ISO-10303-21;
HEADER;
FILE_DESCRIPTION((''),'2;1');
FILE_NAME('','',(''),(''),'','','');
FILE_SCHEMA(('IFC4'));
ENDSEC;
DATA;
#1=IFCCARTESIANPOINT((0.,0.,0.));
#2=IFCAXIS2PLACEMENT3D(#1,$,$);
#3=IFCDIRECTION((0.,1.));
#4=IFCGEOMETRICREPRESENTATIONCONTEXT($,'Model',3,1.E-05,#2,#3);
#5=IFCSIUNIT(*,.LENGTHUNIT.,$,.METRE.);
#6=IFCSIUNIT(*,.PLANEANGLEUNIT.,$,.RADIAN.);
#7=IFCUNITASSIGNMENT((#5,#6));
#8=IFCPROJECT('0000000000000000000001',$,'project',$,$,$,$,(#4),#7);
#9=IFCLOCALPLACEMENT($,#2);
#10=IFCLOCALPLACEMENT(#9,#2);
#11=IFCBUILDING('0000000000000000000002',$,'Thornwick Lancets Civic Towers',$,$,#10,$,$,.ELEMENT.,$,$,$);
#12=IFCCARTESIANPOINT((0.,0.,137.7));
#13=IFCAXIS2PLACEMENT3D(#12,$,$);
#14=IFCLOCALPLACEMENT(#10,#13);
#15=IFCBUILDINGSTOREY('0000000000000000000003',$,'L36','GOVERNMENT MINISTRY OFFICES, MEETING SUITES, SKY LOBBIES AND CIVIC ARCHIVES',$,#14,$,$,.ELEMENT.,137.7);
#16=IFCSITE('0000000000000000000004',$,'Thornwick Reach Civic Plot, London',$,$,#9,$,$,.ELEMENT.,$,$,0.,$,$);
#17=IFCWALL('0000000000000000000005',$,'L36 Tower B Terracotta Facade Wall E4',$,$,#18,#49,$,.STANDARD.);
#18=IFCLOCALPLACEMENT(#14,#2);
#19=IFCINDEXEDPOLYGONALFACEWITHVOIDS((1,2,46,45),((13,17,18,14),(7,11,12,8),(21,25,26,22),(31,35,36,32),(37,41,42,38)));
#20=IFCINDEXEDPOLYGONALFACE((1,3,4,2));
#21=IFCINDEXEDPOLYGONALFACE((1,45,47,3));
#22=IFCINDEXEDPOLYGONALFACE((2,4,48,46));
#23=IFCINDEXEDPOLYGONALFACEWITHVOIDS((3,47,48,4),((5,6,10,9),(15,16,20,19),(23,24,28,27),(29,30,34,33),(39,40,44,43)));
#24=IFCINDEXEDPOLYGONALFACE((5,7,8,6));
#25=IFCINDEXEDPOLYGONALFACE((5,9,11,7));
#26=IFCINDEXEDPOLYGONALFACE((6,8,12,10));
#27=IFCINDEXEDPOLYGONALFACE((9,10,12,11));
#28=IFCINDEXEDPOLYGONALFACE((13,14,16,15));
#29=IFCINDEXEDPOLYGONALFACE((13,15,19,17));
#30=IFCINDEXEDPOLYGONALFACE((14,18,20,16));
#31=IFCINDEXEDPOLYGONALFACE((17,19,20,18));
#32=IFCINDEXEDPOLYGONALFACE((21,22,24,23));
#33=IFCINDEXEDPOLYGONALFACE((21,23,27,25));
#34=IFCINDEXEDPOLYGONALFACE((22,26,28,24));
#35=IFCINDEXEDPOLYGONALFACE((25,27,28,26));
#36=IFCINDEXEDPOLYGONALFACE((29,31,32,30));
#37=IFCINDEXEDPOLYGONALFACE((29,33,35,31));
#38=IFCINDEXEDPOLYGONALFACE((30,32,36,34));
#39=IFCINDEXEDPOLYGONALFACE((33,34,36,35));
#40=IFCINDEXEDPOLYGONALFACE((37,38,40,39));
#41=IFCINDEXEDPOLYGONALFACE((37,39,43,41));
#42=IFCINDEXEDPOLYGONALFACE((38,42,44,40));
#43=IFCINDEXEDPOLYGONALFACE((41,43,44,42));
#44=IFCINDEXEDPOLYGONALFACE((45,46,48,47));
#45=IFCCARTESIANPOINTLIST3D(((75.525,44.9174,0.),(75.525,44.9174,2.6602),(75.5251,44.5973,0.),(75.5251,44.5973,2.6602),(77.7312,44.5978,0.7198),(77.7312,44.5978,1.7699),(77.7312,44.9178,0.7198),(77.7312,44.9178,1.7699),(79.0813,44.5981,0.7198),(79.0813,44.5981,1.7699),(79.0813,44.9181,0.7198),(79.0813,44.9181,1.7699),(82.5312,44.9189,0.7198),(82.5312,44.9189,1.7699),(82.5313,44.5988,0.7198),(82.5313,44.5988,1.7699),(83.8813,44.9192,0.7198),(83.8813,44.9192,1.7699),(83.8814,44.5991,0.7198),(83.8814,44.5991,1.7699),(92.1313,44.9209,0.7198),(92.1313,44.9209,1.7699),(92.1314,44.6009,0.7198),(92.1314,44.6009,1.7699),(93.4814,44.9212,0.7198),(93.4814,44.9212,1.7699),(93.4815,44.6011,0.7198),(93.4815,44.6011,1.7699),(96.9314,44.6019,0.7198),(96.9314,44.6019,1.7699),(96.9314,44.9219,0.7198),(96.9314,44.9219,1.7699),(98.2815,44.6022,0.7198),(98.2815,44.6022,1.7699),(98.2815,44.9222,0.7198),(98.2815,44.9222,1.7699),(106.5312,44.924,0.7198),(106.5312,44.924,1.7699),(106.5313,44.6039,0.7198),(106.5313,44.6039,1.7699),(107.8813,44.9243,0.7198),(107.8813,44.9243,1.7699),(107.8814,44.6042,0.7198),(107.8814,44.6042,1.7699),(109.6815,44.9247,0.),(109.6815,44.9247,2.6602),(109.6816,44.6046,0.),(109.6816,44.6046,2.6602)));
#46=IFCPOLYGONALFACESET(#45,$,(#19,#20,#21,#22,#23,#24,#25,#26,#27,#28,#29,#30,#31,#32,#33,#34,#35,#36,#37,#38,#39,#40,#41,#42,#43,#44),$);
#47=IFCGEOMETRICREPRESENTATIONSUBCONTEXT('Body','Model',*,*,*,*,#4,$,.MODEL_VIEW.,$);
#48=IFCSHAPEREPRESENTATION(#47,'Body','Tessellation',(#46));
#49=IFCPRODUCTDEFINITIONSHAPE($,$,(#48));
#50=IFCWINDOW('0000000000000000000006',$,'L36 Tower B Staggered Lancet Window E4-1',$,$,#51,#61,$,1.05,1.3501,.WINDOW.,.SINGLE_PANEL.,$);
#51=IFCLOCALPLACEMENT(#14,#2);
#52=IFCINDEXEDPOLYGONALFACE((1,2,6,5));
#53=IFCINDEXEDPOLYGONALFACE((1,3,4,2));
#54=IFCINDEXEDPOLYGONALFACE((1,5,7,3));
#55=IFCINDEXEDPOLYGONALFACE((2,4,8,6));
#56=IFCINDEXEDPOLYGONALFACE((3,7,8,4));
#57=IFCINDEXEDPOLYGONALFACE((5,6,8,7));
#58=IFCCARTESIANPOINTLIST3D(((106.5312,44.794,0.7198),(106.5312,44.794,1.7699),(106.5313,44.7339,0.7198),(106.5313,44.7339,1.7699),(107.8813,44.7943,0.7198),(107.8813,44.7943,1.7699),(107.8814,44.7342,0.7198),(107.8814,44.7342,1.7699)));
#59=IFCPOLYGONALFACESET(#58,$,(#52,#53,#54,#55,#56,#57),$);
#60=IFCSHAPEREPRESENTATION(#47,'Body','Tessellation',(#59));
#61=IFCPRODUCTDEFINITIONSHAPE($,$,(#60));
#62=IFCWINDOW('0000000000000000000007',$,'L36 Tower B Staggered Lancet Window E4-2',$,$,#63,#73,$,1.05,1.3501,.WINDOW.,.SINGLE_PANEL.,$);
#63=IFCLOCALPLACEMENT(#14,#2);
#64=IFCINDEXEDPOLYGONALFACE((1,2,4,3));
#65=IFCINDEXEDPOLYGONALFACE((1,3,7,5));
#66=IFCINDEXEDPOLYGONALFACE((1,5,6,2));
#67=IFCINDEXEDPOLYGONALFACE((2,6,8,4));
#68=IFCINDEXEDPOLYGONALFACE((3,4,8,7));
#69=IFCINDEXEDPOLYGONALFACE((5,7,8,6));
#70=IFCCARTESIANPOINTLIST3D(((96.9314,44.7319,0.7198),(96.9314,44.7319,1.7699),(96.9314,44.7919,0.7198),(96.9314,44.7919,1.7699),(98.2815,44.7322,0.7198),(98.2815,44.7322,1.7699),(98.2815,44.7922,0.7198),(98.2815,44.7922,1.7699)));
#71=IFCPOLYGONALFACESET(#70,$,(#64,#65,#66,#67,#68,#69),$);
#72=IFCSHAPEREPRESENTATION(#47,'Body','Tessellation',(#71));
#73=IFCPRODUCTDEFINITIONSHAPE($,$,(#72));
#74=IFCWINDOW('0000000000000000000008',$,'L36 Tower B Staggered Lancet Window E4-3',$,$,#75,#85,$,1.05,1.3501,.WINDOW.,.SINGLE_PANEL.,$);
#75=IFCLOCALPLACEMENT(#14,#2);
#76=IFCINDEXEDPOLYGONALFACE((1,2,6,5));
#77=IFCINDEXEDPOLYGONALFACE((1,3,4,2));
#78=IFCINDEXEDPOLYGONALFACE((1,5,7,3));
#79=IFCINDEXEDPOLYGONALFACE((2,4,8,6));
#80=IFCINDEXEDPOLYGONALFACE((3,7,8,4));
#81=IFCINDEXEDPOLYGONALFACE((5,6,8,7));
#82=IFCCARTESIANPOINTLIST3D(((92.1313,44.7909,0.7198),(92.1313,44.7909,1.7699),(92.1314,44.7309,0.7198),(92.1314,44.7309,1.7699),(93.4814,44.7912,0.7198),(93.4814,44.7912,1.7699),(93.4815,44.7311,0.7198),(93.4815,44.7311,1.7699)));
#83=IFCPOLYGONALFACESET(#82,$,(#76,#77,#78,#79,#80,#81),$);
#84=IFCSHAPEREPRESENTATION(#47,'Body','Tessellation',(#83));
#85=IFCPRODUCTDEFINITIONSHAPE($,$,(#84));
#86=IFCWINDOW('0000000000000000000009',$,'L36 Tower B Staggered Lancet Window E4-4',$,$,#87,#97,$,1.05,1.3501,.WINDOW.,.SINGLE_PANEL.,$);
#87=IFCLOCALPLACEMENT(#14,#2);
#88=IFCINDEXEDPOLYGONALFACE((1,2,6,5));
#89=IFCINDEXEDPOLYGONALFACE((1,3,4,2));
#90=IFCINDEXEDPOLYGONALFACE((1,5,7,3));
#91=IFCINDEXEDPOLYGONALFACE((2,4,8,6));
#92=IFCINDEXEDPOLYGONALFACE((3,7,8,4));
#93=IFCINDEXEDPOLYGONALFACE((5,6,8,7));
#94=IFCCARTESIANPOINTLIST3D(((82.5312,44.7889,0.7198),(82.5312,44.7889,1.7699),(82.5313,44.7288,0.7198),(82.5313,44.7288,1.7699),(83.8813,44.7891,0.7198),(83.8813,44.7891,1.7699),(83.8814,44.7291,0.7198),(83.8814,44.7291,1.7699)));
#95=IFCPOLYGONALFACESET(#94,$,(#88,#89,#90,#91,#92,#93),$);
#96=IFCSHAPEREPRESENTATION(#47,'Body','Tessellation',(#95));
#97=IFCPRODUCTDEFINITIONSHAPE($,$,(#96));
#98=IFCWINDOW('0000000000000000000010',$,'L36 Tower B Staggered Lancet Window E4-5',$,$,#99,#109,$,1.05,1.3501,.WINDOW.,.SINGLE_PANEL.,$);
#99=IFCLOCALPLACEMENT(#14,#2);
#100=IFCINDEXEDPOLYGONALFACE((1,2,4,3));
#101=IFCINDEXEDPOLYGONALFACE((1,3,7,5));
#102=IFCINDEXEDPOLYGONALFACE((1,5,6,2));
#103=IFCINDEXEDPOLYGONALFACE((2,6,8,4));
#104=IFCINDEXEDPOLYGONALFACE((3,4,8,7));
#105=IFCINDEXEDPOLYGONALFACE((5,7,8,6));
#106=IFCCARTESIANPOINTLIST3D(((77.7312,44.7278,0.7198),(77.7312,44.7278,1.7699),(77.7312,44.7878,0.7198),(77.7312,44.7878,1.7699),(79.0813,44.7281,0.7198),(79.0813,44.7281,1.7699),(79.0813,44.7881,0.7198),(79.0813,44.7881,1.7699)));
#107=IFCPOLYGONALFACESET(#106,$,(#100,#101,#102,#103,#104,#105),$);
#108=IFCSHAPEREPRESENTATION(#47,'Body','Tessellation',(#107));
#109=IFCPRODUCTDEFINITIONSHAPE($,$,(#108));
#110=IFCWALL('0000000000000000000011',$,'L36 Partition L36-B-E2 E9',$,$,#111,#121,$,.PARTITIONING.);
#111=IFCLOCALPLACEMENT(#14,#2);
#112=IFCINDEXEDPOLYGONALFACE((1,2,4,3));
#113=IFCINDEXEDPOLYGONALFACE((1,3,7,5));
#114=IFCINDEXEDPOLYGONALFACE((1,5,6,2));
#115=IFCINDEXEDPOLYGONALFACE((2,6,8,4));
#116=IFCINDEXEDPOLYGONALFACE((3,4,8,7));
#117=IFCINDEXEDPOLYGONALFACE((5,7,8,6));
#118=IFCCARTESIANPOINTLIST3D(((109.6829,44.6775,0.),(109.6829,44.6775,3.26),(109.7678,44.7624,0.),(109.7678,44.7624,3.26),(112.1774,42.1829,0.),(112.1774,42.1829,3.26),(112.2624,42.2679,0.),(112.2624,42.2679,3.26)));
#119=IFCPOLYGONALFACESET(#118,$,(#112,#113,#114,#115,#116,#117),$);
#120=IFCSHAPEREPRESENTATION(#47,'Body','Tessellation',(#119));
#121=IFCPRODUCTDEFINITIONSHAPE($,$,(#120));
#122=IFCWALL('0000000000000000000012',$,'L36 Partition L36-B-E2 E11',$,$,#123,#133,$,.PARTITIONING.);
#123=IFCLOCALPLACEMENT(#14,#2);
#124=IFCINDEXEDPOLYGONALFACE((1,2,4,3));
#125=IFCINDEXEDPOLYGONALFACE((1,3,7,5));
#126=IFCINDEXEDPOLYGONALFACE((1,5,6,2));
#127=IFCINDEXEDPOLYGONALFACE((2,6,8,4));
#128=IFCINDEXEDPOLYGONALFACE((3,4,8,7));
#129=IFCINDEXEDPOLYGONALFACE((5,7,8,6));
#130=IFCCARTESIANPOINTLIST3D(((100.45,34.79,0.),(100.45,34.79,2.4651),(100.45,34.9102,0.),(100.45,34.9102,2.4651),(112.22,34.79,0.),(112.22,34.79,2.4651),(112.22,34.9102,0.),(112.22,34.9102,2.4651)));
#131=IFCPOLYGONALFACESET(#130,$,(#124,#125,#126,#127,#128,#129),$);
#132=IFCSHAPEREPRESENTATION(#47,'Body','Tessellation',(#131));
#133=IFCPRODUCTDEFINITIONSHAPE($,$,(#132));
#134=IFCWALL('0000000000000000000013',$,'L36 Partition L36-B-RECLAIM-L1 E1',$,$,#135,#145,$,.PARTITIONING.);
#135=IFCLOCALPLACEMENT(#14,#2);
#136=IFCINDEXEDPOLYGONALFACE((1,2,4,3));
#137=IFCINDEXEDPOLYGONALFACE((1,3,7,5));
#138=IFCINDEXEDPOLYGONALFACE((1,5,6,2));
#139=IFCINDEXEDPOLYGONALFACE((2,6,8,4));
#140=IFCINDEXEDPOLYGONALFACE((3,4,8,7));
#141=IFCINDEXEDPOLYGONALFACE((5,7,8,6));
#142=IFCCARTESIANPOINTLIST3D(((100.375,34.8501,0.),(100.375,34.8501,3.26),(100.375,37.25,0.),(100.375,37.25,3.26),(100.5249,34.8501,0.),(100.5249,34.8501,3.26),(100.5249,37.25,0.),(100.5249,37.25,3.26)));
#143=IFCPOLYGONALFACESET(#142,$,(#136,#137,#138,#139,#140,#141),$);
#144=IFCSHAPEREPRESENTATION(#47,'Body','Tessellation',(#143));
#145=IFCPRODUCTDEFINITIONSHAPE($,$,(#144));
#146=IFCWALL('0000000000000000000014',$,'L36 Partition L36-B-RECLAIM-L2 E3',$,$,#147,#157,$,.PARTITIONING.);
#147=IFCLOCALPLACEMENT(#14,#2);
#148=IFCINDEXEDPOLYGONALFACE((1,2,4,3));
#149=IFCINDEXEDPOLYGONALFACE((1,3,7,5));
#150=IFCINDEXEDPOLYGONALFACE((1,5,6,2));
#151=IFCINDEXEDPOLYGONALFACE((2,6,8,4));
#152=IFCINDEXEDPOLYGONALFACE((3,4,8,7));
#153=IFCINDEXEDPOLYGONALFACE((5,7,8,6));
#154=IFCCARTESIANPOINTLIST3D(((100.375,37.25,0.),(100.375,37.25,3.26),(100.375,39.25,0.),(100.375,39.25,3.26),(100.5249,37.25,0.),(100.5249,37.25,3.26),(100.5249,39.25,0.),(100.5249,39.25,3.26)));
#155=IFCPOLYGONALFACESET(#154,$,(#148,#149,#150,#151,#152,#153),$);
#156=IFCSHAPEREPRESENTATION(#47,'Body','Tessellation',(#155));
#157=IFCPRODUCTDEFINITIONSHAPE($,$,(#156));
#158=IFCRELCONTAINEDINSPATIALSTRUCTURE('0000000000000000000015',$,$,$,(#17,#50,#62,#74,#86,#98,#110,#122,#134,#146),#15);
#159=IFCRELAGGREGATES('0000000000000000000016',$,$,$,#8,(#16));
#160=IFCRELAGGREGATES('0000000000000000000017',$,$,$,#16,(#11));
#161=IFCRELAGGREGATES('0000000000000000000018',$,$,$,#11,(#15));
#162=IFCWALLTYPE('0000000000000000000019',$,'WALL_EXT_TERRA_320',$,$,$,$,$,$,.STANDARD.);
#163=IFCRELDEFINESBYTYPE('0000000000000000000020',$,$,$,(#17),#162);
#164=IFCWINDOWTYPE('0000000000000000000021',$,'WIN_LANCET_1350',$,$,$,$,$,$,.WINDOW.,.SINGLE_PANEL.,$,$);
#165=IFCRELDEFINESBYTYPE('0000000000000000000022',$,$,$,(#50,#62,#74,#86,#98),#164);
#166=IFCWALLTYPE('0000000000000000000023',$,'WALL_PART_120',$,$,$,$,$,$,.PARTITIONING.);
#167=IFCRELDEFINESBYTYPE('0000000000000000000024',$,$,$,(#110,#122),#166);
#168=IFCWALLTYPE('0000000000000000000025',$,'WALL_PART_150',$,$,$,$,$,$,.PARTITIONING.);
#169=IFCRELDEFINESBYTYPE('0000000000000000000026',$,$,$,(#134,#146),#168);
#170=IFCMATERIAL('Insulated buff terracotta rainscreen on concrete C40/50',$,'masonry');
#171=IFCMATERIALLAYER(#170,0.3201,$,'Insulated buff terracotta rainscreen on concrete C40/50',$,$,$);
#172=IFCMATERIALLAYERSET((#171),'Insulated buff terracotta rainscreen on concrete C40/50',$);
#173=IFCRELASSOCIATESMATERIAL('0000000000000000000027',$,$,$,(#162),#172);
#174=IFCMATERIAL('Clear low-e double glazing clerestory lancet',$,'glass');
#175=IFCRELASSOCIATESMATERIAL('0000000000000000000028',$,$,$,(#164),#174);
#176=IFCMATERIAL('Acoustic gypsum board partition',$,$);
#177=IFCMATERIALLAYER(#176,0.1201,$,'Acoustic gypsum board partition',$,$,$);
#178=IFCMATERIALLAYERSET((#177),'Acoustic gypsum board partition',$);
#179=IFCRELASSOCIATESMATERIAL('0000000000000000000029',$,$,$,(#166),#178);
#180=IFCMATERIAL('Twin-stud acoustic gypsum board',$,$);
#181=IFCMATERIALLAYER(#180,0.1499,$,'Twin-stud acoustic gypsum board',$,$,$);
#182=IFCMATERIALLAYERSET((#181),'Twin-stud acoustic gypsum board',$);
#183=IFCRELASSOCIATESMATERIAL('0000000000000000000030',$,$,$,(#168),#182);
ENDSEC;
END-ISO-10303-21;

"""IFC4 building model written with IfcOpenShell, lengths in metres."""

from ifc_helpers import new_model, si_unit, direction, frame, frame_2d, origin, place, context, subcontext, project, spatial, rectangle, extrude, material, layer, layer_set, type_object, element, fill, save


model = new_model("IFC4")

# Units and contexts
model_context = context("Model", 3, precision=1e-05, world=origin(), true_north=direction((0.0, 1.0)))
body_context = subcontext(model_context, "Body", "Model", "MODEL_VIEW")
ifc_project = project(units=[si_unit("LENGTHUNIT", "METRE"), si_unit("PLANEANGLEUNIT", "RADIAN")], contexts=[model_context])

# Site, building, storey
site_placement = place(None, origin())
site = spatial("IfcSite", under=ifc_project, at=site_placement, Name="Thornwick Reach Civic Plot, London", CompositionType="ELEMENT", RefElevation=0.0)
building_placement = place(site_placement, origin())
building = spatial("IfcBuilding", under=site, at=building_placement, Name="Thornwick Lancets Civic Towers", CompositionType="ELEMENT")
storey_placement = place(building_placement, frame((0.0, 0.0, 137.7)))
storey = spatial("IfcBuildingStorey", under=building, at=storey_placement, Name="L36", Description="GOVERNMENT MINISTRY OFFICES, MEETING SUITES, SKY LOBBIES AND CIVIC ARCHIVES", CompositionType="ELEMENT", Elevation=137.7)

# Wall, openings, windows
ifc_material_1 = material(Name="Insulated buff terracotta rainscreen on concrete C40/50", Category="masonry")
ifc_layer_1 = layer(ifc_material_1, 0.3201, Name="Insulated buff terracotta rainscreen on concrete C40/50")
ifc_layer_set_1 = layer_set([ifc_layer_1], Name="Insulated buff terracotta rainscreen on concrete C40/50")
wall_type_1 = type_object("IfcWallType", Name="WALL_EXT_TERRA_320", PredefinedType="STANDARD", material=ifc_layer_set_1)
wall_1_placement = place(storey_placement, frame((109.6814, 44.7646, 0.0), z_axis=(0.0, 0.0, 1.0), x_axis=(-1.0, -0.000214, 0.0)))
wall_1 = element("IfcWall", 1, at=wall_1_placement, inside=storey, type_object=wall_type_1, Name="L36 Tower B Terracotta Facade Wall E4", PredefinedType="STANDARD", context=body_context, shape_type="SweptSolid", body=[
    extrude(rectangle(XDim=34.1565, YDim=0.3201, at=frame_2d((17.0781, 0.0))), origin(), (0.0, 0.0, 1.0), 2.6602),
])
opening_1_placement = place(wall_1_placement, frame((1.8, 0.0, 0.72)))
opening_1 = element("IfcOpeningElement", 2, at=opening_1_placement, cuts=wall_1, PredefinedType="OPENING", context=body_context, shape_type="SweptSolid", body=[
    extrude(rectangle(XDim=1.3501, YDim=1.05, at=frame_2d((0.675, 0.5249))), frame((0.0, 0.1699, 0.0), z_axis=(0.0, -1.0, 0.0), x_axis=(1.0, 0.0, 0.0)), (0.0, 0.0, 1.0), 0.3401),
])
opening_2_placement = place(wall_1_placement, frame((11.3999, 0.0, 0.72)))
opening_2 = element("IfcOpeningElement", 3, at=opening_2_placement, cuts=wall_1, PredefinedType="OPENING", context=body_context, shape_type="SweptSolid", body=[
    extrude(rectangle(XDim=1.3501, YDim=1.05, at=frame_2d((0.675, 0.5249))), frame((0.0, 0.1699, 0.0), z_axis=(0.0, -1.0, 0.0), x_axis=(1.0, 0.0, 0.0)), (0.0, 0.0, 1.0), 0.3401),
])
opening_3_placement = place(wall_1_placement, frame((16.2, 0.0, 0.72)))
opening_3 = element("IfcOpeningElement", 4, at=opening_3_placement, cuts=wall_1, PredefinedType="OPENING", context=body_context, shape_type="SweptSolid", body=[
    extrude(rectangle(XDim=1.3501, YDim=1.05, at=frame_2d((0.675, 0.5249))), frame((0.0, 0.1699, 0.0), z_axis=(0.0, -1.0, 0.0), x_axis=(1.0, 0.0, 0.0)), (0.0, 0.0, 1.0), 0.3401),
])
opening_4_placement = place(wall_1_placement, frame((25.8, 0.0, 0.72)))
opening_4 = element("IfcOpeningElement", 5, at=opening_4_placement, cuts=wall_1, PredefinedType="OPENING", context=body_context, shape_type="SweptSolid", body=[
    extrude(rectangle(XDim=1.3501, YDim=1.05, at=frame_2d((0.675, 0.5249))), frame((0.0, 0.1699, 0.0), z_axis=(0.0, -1.0, 0.0), x_axis=(1.0, 0.0, 0.0)), (0.0, 0.0, 1.0), 0.3401),
])
opening_5_placement = place(wall_1_placement, frame((30.6001, 0.0, 0.72)))
opening_5 = element("IfcOpeningElement", 6, at=opening_5_placement, cuts=wall_1, PredefinedType="OPENING", context=body_context, shape_type="SweptSolid", body=[
    extrude(rectangle(XDim=1.3501, YDim=1.05, at=frame_2d((0.675, 0.5249))), frame((0.0, 0.1699, 0.0), z_axis=(0.0, -1.0, 0.0), x_axis=(1.0, 0.0, 0.0)), (0.0, 0.0, 1.0), 0.3401),
])
ifc_material_2 = material(Name="Clear low-e double glazing clerestory lancet", Category="glass")
window_type = type_object("IfcWindowType", Name="WIN_LANCET_1350", PartitioningType="SINGLE_PANEL", PredefinedType="WINDOW", material=ifc_material_2)
window_1_placement = place(opening_1_placement, origin())
window_1 = element("IfcWindow", 7, at=window_1_placement, inside=storey, type_object=window_type, Name="L36 Tower B Staggered Lancet Window E4-1", OverallHeight=1.05, OverallWidth=1.3501, PartitioningType="SINGLE_PANEL", PredefinedType="WINDOW", context=body_context, shape_type="SweptSolid", body=[
    extrude(rectangle(XDim=1.3501, YDim=1.05, at=frame_2d((0.675, 0.5249))), frame((0.0, 0.03, 0.0), z_axis=(0.0, -1.0, 0.0), x_axis=(1.0, 0.0, 0.0)), (0.0, 0.0, 1.0), 0.0601),
])
fill(opening_1, window_1)
window_2_placement = place(opening_2_placement, origin())
window_2 = element("IfcWindow", 8, at=window_2_placement, inside=storey, type_object=window_type, Name="L36 Tower B Staggered Lancet Window E4-2", OverallHeight=1.05, OverallWidth=1.3501, PartitioningType="SINGLE_PANEL", PredefinedType="WINDOW", context=body_context, shape_type="SweptSolid", body=[
    extrude(rectangle(XDim=1.3501, YDim=1.05, at=frame_2d((0.675, 0.5249))), frame((0.0, 0.03, 0.0), z_axis=(0.0, -1.0, 0.0), x_axis=(1.0, 0.0, 0.0)), (0.0, 0.0, 1.0), 0.0601),
])
fill(opening_2, window_2)
window_3_placement = place(opening_3_placement, origin())
window_3 = element("IfcWindow", 9, at=window_3_placement, inside=storey, type_object=window_type, Name="L36 Tower B Staggered Lancet Window E4-3", OverallHeight=1.05, OverallWidth=1.3501, PartitioningType="SINGLE_PANEL", PredefinedType="WINDOW", context=body_context, shape_type="SweptSolid", body=[
    extrude(rectangle(XDim=1.3501, YDim=1.05, at=frame_2d((0.675, 0.5249))), frame((0.0, 0.03, 0.0), z_axis=(0.0, -1.0, 0.0), x_axis=(1.0, 0.0, 0.0)), (0.0, 0.0, 1.0), 0.0601),
])
fill(opening_3, window_3)
window_4_placement = place(opening_4_placement, origin())
window_4 = element("IfcWindow", 10, at=window_4_placement, inside=storey, type_object=window_type, Name="L36 Tower B Staggered Lancet Window E4-4", OverallHeight=1.05, OverallWidth=1.3501, PartitioningType="SINGLE_PANEL", PredefinedType="WINDOW", context=body_context, shape_type="SweptSolid", body=[
    extrude(rectangle(XDim=1.3501, YDim=1.05, at=frame_2d((0.675, 0.5249))), frame((0.0, 0.03, 0.0), z_axis=(0.0, -1.0, 0.0), x_axis=(1.0, 0.0, 0.0)), (0.0, 0.0, 1.0), 0.0601),
])
fill(opening_4, window_4)
window_5_placement = place(opening_5_placement, origin())
window_5 = element("IfcWindow", 11, at=window_5_placement, inside=storey, type_object=window_type, Name="L36 Tower B Staggered Lancet Window E4-5", OverallHeight=1.05, OverallWidth=1.3501, PartitioningType="SINGLE_PANEL", PredefinedType="WINDOW", context=body_context, shape_type="SweptSolid", body=[
    extrude(rectangle(XDim=1.3501, YDim=1.05, at=frame_2d((0.675, 0.5249))), frame((0.0, 0.03, 0.0), z_axis=(0.0, -1.0, 0.0), x_axis=(1.0, 0.0, 0.0)), (0.0, 0.0, 1.0), 0.0601),
])
fill(opening_5, window_5)

# Walls
ifc_material_3 = material(Name="Acoustic gypsum board partition")
ifc_layer_2 = layer(ifc_material_3, 0.1201, Name="Acoustic gypsum board partition")
ifc_layer_set_2 = layer_set([ifc_layer_2], Name="Acoustic gypsum board partition")
wall_type_2 = type_object("IfcWallType", Name="WALL_PART_120", PredefinedType="PARTITIONING", material=ifc_layer_set_2)
wall_2_placement = place(storey_placement, frame((109.7253, 44.72, 0.0), z_axis=(0.0, 0.0, 1.0), x_axis=(0.707107, -0.707107, 0.0)))
element("IfcWall", 12, at=wall_2_placement, inside=storey, type_object=wall_type_2, Name="L36 Partition L36-B-E2 E9", PredefinedType="PARTITIONING", context=body_context, shape_type="SweptSolid", body=[
    extrude(rectangle(XDim=3.5278, YDim=0.1201, at=frame_2d((1.7639, 0.0))), origin(), (0.0, 0.0, 1.0), 3.26),
])
wall_3_placement = place(storey_placement, frame((112.22, 34.8501, 0.0), z_axis=(0.0, 0.0, 1.0), x_axis=(-1.0, 0.0, 0.0)))
element("IfcWall", 13, at=wall_3_placement, inside=storey, type_object=wall_type_2, Name="L36 Partition L36-B-E2 E11", PredefinedType="PARTITIONING", context=body_context, shape_type="SweptSolid", body=[
    extrude(rectangle(XDim=11.77, YDim=0.1201, at=frame_2d((5.885, 0.0))), origin(), (0.0, 0.0, 1.0), 2.4651),
])
ifc_material_4 = material(Name="Twin-stud acoustic gypsum board")
ifc_layer_3 = layer(ifc_material_4, 0.1499, Name="Twin-stud acoustic gypsum board")
ifc_layer_set_3 = layer_set([ifc_layer_3], Name="Twin-stud acoustic gypsum board")
wall_type_3 = type_object("IfcWallType", Name="WALL_PART_150", PredefinedType="PARTITIONING", material=ifc_layer_set_3)
wall_4_placement = place(storey_placement, frame((100.45, 37.25, 0.0), z_axis=(0.0, 0.0, 1.0), x_axis=(0.0, -1.0, 0.0)))
element("IfcWall", 14, at=wall_4_placement, inside=storey, type_object=wall_type_3, Name="L36 Partition L36-B-RECLAIM-L1 E1", PredefinedType="PARTITIONING", context=body_context, shape_type="SweptSolid", body=[
    extrude(rectangle(XDim=2.3999, YDim=0.1499, at=frame_2d((1.2, 0.0))), origin(), (0.0, 0.0, 1.0), 3.26),
])
wall_5_placement = place(storey_placement, frame((100.45, 39.25, 0.0), z_axis=(0.0, 0.0, 1.0), x_axis=(0.0, -1.0, 0.0)))
element("IfcWall", 15, at=wall_5_placement, inside=storey, type_object=wall_type_3, Name="L36 Partition L36-B-RECLAIM-L2 E3", PredefinedType="PARTITIONING", context=body_context, shape_type="SweptSolid", body=[
    extrude(rectangle(XDim=2.0, YDim=0.1499, at=frame_2d((1.0, 0.0))), origin(), (0.0, 0.0, 1.0), 3.26),
])

save(model, "model.ifc")
